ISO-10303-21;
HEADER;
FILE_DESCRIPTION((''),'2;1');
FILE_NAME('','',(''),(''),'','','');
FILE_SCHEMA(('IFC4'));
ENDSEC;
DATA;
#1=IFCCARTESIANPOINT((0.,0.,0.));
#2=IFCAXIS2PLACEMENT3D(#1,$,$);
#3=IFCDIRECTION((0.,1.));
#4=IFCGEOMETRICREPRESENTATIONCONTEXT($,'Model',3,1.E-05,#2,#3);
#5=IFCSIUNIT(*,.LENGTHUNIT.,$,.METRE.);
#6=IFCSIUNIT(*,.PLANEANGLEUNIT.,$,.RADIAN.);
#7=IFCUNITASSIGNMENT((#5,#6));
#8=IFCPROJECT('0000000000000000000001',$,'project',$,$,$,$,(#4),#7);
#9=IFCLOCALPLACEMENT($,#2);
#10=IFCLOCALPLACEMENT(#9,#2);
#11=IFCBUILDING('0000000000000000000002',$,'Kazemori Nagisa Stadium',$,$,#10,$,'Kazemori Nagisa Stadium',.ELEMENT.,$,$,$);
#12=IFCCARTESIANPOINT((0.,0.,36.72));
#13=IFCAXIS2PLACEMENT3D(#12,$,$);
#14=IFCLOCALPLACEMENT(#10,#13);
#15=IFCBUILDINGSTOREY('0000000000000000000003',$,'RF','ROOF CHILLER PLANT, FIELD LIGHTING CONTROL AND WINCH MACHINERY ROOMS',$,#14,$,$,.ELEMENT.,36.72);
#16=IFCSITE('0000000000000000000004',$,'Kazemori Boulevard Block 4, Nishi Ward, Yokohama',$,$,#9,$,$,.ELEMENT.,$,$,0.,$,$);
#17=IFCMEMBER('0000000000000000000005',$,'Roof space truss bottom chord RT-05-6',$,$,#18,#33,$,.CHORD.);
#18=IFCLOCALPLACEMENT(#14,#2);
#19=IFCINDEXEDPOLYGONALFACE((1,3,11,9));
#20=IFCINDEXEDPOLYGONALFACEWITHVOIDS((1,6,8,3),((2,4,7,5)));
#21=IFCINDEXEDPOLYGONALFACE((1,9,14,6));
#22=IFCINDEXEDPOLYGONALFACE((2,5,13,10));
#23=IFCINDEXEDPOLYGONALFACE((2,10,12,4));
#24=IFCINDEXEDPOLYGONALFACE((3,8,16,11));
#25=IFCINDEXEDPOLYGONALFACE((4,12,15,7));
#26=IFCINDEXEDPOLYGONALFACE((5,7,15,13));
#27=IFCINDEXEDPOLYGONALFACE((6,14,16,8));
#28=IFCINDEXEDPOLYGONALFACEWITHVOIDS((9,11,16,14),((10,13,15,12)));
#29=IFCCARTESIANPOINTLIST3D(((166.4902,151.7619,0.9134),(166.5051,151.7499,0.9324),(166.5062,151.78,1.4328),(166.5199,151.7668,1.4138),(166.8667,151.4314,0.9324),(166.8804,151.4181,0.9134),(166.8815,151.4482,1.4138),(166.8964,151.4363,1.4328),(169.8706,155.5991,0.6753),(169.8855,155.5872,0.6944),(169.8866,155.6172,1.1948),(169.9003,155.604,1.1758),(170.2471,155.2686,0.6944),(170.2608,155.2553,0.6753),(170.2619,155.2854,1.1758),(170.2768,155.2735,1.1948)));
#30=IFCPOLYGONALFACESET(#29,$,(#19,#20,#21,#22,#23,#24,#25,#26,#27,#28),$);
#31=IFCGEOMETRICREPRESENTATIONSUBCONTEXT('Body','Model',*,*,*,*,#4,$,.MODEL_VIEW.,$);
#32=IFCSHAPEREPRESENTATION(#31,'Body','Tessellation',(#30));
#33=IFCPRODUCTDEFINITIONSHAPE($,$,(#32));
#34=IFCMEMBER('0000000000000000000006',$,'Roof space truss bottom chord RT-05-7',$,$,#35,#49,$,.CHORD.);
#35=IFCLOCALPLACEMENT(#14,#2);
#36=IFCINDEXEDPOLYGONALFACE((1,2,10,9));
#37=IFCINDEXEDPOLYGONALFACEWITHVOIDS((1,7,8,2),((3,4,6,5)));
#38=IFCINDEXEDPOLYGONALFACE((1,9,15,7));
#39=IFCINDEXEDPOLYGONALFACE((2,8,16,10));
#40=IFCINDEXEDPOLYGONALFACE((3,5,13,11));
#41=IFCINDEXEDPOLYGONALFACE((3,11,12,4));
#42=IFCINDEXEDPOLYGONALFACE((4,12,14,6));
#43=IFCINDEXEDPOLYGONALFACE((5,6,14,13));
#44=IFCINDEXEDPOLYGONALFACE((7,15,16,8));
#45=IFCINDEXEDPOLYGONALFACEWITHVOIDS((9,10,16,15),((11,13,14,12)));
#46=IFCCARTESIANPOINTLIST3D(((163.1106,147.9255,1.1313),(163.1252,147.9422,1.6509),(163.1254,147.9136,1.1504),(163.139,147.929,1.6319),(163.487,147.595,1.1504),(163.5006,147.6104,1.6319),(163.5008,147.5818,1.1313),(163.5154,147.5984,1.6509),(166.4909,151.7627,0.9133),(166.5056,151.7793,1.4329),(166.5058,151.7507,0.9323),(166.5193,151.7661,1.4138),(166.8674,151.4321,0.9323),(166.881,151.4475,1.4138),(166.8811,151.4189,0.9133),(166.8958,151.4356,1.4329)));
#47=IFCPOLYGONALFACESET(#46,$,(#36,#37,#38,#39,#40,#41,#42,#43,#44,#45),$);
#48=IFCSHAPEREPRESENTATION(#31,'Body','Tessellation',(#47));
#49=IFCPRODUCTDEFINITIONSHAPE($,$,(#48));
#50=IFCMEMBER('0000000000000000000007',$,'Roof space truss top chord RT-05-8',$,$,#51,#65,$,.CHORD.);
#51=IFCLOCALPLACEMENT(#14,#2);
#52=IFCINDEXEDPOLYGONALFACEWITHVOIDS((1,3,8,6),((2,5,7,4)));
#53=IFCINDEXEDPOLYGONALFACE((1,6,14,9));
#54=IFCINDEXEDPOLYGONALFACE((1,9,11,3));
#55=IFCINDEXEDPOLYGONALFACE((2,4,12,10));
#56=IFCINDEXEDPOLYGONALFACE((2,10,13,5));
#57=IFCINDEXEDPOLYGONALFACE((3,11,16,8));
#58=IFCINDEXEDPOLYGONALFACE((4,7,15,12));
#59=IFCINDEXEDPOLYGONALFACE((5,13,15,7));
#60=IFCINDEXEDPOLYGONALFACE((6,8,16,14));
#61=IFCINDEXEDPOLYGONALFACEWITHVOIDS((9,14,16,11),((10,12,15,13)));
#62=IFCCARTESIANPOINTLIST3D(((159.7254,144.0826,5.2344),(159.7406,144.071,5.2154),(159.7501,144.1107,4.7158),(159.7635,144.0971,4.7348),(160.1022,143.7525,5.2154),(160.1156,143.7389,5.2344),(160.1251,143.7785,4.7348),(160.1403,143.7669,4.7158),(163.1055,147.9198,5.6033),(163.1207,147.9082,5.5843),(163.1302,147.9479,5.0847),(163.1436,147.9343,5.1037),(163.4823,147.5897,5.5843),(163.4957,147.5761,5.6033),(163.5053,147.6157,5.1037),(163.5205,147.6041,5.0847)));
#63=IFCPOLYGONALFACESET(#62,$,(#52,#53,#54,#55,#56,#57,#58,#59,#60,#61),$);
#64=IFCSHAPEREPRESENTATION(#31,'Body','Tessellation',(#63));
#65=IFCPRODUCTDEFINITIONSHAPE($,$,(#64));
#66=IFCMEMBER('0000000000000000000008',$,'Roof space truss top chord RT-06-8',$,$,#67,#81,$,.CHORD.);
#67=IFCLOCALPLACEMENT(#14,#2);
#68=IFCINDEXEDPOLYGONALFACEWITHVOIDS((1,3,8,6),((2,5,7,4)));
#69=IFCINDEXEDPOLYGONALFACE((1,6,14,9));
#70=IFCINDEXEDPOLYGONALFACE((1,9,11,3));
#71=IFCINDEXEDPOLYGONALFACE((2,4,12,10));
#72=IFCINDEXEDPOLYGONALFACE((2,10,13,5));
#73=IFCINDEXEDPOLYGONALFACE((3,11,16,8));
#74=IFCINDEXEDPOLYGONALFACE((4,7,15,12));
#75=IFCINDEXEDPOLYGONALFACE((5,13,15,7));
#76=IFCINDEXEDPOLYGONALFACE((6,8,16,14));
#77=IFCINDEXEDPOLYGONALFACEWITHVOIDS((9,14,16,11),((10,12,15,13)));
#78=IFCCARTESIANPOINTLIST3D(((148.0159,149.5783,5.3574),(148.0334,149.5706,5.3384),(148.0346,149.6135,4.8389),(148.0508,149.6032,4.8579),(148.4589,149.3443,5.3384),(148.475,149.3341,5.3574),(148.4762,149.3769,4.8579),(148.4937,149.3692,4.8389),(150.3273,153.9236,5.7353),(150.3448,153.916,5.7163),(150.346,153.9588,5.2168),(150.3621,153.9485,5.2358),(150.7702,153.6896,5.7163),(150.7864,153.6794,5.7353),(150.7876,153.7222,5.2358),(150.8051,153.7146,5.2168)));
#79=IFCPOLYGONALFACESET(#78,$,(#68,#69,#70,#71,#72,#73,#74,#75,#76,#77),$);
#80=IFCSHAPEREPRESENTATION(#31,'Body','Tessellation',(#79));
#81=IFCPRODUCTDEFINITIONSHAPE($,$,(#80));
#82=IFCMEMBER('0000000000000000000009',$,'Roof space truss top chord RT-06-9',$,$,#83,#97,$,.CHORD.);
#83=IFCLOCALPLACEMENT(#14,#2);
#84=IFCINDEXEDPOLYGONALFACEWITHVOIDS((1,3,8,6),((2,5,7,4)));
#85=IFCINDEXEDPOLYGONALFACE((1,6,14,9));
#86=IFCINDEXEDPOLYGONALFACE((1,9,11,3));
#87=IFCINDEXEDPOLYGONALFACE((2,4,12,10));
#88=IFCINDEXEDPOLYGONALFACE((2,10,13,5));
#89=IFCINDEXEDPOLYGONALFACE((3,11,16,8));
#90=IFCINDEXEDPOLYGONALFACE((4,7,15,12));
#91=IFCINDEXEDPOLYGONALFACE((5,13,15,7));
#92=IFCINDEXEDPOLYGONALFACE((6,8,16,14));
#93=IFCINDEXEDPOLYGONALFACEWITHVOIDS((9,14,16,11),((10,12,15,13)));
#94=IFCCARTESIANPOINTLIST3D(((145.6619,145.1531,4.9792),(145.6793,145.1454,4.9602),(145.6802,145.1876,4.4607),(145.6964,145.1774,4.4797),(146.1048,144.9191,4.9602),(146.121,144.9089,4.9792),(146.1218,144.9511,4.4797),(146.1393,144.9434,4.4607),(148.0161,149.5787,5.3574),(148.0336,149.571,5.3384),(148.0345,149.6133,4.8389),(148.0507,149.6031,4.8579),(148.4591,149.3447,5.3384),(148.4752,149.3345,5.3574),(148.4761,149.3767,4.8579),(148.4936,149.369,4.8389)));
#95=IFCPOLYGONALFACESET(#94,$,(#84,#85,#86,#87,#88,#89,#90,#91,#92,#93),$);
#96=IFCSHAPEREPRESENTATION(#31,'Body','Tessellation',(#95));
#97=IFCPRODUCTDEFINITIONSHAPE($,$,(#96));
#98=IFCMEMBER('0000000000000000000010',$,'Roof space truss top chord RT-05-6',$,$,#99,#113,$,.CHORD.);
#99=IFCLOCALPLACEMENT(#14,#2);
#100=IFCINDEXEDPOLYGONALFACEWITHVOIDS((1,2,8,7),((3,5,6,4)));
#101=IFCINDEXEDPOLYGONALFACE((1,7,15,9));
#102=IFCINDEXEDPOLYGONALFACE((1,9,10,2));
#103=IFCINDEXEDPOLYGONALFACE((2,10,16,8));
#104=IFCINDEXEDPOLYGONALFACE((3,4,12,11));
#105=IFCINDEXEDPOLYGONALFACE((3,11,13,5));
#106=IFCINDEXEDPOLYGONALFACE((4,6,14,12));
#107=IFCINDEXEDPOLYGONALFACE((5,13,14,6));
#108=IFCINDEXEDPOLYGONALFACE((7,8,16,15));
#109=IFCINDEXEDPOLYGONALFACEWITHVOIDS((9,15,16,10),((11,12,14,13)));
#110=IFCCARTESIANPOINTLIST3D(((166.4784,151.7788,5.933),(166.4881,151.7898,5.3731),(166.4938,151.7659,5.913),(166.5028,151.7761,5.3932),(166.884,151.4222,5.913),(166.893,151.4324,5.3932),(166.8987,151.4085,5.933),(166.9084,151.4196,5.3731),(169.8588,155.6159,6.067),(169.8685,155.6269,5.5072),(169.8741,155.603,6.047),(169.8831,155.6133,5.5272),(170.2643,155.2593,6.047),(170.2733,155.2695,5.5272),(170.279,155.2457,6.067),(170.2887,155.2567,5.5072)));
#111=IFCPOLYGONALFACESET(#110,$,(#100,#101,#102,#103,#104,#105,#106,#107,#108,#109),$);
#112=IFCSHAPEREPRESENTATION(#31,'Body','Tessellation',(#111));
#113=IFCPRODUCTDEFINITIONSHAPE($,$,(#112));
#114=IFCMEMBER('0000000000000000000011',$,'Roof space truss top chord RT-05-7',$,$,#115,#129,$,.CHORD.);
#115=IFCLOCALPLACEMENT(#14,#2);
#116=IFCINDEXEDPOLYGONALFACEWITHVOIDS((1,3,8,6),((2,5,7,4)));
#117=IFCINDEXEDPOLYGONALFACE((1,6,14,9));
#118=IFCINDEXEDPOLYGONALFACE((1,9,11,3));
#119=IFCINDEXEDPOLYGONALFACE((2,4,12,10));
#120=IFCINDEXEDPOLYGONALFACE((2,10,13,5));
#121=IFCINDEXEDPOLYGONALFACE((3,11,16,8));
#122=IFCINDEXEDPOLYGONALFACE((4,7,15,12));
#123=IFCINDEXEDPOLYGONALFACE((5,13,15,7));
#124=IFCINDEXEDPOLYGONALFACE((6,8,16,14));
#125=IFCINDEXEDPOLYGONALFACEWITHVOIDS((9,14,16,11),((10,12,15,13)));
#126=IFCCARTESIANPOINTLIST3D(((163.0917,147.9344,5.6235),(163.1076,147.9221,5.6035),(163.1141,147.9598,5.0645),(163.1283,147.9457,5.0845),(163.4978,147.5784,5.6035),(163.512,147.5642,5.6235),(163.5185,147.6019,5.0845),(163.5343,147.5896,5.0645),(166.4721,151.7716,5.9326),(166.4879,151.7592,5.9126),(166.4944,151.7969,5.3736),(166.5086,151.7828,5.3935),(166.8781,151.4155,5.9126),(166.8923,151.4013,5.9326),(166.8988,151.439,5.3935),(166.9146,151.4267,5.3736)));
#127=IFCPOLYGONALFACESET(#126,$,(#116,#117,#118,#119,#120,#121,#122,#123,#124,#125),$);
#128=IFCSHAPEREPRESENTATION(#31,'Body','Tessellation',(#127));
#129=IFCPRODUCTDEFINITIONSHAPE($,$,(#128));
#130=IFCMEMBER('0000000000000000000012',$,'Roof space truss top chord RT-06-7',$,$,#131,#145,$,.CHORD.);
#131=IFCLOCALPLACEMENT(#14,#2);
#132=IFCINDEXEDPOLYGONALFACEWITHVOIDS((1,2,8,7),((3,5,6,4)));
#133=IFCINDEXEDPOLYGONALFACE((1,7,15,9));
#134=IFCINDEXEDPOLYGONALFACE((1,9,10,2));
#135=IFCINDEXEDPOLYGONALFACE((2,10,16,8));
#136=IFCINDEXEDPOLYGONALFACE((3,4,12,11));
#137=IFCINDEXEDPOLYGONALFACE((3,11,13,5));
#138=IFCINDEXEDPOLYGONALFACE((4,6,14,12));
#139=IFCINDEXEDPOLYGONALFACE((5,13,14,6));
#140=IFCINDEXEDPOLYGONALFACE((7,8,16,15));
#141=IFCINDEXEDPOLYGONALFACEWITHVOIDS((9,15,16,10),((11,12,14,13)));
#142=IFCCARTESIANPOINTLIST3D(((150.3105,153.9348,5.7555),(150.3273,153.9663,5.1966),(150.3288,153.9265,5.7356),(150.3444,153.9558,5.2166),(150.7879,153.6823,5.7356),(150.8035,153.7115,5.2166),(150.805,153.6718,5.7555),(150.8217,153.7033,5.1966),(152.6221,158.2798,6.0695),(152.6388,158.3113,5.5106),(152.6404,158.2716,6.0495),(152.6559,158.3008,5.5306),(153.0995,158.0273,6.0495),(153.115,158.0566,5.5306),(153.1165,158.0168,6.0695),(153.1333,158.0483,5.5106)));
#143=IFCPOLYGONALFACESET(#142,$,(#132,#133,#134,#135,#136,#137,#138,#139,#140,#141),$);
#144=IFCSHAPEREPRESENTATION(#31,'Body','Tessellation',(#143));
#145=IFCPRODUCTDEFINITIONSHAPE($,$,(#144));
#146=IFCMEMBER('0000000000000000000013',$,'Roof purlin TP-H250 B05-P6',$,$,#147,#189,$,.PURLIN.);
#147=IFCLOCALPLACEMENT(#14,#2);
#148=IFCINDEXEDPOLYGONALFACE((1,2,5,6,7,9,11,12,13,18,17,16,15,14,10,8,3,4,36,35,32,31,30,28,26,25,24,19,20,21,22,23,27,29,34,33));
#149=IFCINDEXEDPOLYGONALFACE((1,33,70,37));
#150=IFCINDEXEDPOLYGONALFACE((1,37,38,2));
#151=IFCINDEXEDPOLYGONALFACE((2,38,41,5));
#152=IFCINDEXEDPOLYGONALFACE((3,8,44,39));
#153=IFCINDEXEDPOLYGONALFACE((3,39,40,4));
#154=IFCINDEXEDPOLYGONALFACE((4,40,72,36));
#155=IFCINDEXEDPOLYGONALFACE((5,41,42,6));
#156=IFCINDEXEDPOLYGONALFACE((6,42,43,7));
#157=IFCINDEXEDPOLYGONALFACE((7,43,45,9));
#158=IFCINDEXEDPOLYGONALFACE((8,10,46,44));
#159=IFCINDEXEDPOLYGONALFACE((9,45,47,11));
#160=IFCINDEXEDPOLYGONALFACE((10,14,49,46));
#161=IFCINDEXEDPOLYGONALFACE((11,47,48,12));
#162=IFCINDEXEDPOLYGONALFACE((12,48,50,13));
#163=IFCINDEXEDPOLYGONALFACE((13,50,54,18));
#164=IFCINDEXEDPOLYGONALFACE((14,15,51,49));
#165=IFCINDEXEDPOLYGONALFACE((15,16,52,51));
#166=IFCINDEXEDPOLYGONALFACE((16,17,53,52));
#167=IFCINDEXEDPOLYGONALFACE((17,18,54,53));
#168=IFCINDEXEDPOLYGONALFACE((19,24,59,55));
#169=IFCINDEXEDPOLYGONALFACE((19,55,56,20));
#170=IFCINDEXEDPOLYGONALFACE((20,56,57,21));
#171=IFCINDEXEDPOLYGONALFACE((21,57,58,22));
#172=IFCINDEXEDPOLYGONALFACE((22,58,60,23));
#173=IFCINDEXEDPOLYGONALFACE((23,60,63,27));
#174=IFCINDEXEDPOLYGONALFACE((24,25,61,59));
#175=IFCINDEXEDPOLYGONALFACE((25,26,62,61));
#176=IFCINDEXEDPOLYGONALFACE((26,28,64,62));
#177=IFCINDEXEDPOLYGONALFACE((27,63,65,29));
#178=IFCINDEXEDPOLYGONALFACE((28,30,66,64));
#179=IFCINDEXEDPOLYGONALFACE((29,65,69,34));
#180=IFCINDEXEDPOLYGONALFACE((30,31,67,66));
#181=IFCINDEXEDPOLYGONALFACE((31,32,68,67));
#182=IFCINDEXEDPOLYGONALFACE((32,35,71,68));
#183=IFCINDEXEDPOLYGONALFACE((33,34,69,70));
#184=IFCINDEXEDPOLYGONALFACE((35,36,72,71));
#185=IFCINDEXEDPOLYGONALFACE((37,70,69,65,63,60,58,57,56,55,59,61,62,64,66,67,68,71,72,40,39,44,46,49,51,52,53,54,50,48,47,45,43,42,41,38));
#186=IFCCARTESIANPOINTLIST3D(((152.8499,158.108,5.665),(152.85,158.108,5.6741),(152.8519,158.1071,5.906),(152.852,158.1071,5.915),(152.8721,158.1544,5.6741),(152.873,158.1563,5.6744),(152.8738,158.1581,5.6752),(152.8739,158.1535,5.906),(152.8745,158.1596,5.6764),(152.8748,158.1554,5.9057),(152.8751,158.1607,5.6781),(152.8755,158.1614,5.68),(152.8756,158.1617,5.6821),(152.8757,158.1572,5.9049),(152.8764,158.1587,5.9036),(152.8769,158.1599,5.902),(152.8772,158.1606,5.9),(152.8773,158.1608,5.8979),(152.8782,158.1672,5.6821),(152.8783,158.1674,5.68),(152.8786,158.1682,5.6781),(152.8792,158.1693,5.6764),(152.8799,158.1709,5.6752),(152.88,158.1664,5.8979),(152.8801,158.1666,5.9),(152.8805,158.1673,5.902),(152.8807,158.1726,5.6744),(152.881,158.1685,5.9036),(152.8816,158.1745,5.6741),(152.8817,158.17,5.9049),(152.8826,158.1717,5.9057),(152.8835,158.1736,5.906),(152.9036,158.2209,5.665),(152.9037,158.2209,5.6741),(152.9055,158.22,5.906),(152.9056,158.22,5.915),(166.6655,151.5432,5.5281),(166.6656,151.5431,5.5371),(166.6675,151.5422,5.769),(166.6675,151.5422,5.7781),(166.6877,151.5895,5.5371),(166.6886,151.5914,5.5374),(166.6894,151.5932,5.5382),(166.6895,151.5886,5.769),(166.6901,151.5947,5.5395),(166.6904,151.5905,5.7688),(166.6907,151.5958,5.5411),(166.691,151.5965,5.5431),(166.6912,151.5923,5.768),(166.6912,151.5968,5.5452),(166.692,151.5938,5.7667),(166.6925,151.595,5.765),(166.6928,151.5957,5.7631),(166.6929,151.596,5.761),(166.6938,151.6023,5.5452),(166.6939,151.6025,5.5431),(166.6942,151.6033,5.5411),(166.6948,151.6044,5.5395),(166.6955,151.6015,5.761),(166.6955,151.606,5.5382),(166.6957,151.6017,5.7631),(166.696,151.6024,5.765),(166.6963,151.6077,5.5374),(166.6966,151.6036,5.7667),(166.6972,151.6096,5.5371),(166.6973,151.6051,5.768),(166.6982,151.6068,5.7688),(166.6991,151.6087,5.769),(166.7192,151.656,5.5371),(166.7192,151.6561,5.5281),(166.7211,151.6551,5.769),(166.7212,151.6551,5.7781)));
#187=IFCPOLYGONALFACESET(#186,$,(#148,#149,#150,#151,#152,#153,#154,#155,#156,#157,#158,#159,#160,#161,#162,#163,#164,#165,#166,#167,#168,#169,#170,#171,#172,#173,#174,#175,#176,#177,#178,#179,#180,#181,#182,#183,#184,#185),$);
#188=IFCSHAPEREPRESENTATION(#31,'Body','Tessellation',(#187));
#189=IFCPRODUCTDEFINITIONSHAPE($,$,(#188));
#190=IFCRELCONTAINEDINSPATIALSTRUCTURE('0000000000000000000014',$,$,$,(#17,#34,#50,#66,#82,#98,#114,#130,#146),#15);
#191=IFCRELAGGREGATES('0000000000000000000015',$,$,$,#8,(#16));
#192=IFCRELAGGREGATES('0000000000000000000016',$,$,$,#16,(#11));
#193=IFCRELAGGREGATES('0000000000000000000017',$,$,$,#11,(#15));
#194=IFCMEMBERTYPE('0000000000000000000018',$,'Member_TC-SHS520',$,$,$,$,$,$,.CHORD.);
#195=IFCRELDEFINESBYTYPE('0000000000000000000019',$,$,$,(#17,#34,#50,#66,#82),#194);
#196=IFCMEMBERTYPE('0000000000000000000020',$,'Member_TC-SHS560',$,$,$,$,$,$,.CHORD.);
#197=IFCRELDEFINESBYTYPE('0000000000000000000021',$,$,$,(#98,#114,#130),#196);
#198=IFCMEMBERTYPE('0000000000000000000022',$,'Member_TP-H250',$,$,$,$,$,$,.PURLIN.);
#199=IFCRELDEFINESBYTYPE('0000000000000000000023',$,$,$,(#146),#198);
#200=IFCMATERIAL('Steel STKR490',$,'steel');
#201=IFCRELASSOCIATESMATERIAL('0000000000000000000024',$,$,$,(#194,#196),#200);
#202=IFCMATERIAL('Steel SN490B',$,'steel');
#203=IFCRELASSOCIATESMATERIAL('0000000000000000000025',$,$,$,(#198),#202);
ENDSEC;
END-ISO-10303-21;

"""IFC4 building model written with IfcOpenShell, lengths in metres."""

from ifc_helpers import new_model, si_unit, direction, frame, origin, origin_2d, place, context, subcontext, project, spatial, hollow_rectangle, i_section, extrude, material, material_profile, profile_set, type_object, element, save


model = new_model("IFC4")

# Units and contexts
model_context = context("Model", 3, precision=1e-05, world=origin(), true_north=direction((0.0, 1.0)))
body_context = subcontext(model_context, "Body", "Model", "MODEL_VIEW")
ifc_project = project(units=[si_unit("LENGTHUNIT", "METRE"), si_unit("PLANEANGLEUNIT", "RADIAN")], contexts=[model_context])

# Site, building, storey
site_placement = place(None, origin())
site = spatial("IfcSite", under=ifc_project, at=site_placement, Name="Kazemori Boulevard Block 4, Nishi Ward, Yokohama", CompositionType="ELEMENT", RefElevation=0.0)
building_placement = place(site_placement, origin())
building = spatial("IfcBuilding", under=site, at=building_placement, Name="Kazemori Nagisa Stadium", LongName="Kazemori Nagisa Stadium", CompositionType="ELEMENT")
storey_placement = place(building_placement, frame((0.0, 0.0, 36.72)))
storey = spatial("IfcBuildingStorey", under=building, at=storey_placement, Name="RF", Description="ROOF CHILLER PLANT, FIELD LIGHTING CONTROL AND WINCH MACHINERY ROOMS", CompositionType="ELEMENT", Elevation=36.72)

# Members
ifc_material_1 = material(Name="Steel STKR490", Category="steel")
ifc_material_profile_1 = material_profile(ifc_material_1, hollow_rectangle(XDim=0.52, YDim=0.52, WallThickness=0.019, at=origin_2d()), Name="SHS-520x520x19")
ifc_profile_set_1 = profile_set([ifc_material_profile_1], Name="Steel STKR490")
member_type_1 = type_object("IfcMemberType", Name="Member_TC-SHS520", PredefinedType="CHORD", material=ifc_profile_set_1)
member_1_placement = place(storey_placement, frame((170.0737, 155.4363, 0.9351), z_axis=(-0.660317, -0.749546, 0.046498), x_axis=(0.750357, -0.661032, 0.0)))
element("IfcMember", 1, at=member_1_placement, inside=storey, type_object=member_type_1, Name="Roof space truss bottom chord RT-05-6", PredefinedType="CHORD", context=body_context, shape_type="SweptSolid", body=[
    extrude(hollow_rectangle(XDim=0.52, YDim=0.52, WallThickness=0.019, at=origin_2d()), origin(), (0.0, 0.0, 1.0), 5.1194),
])
member_2_placement = place(storey_placement, frame((166.6934, 151.5991, 1.1731), z_axis=(-0.660433, -0.749676, 0.042595), x_axis=(0.750357, -0.661032, 0.0)))
element("IfcMember", 2, at=member_2_placement, inside=storey, type_object=member_type_1, Name="Roof space truss bottom chord RT-05-7", PredefinedType="CHORD", context=body_context, shape_type="SweptSolid", body=[
    extrude(hollow_rectangle(XDim=0.52, YDim=0.52, WallThickness=0.019, at=origin_2d()), origin(), (0.0, 0.0, 1.0), 5.1184),
])
member_3_placement = place(storey_placement, frame((163.313, 147.762, 5.344), z_axis=(-0.659292, -0.748436, -0.071953), x_axis=(0.750381, -0.661006, 0.0)))
element("IfcMember", 3, at=member_3_placement, inside=storey, type_object=member_type_1, Name="Roof space truss top chord RT-05-8", PredefinedType="CHORD", context=body_context, shape_type="SweptSolid", body=[
    extrude(hollow_rectangle(XDim=0.52, YDim=0.52, WallThickness=0.019, at=origin_2d()), origin(), (0.0, 0.0, 1.0), 5.127),
])
member_4_placement = place(storey_placement, frame((150.5662, 153.8191, 5.4761), z_axis=(-0.468234, -0.880281, -0.076563), x_axis=(0.882873, -0.469612, 0.0)))
element("IfcMember", 4, at=member_4_placement, inside=storey, type_object=member_type_1, Name="Roof space truss top chord RT-06-8", PredefinedType="CHORD", context=body_context, shape_type="SweptSolid", body=[
    extrude(hollow_rectangle(XDim=0.52, YDim=0.52, WallThickness=0.019, at=origin_2d()), origin(), (0.0, 0.0, 1.0), 4.9363),
])
member_5_placement = place(storey_placement, frame((148.2549, 149.4739, 5.0981), z_axis=(-0.468319, -0.880351, -0.075228), x_axis=(0.882853, -0.46965, 0.0)))
element("IfcMember", 5, at=member_5_placement, inside=storey, type_object=member_type_1, Name="Roof space truss top chord RT-06-9", PredefinedType="CHORD", context=body_context, shape_type="SweptSolid", body=[
    extrude(hollow_rectangle(XDim=0.52, YDim=0.52, WallThickness=0.019, at=origin_2d()), origin(), (0.0, 0.0, 1.0), 5.0271),
])
ifc_material_profile_2 = material_profile(ifc_material_1, hollow_rectangle(XDim=0.5601, YDim=0.5601, WallThickness=0.02, at=origin_2d()), Name="SHS-560x560x20")
ifc_profile_set_2 = profile_set([ifc_material_profile_2], Name="Steel STKR490")
member_type_2 = type_object("IfcMemberType", Name="Member_TC-SHS560", PredefinedType="CHORD", material=ifc_profile_set_2)
member_6_placement = place(storey_placement, frame((170.0737, 155.4363, 5.7871), z_axis=(-0.660806, -0.7501, -0.026201), x_axis=(0.750357, -0.661032, 0.0)))
element("IfcMember", 6, at=member_6_placement, inside=storey, type_object=member_type_2, Name="Roof space truss top chord RT-05-6", PredefinedType="CHORD", context=body_context, shape_type="SweptSolid", body=[
    extrude(hollow_rectangle(XDim=0.5601, YDim=0.5601, WallThickness=0.02, at=origin_2d()), origin(), (0.0, 0.0, 1.0), 5.1155),
])
member_7_placement = place(storey_placement, frame((166.6934, 151.5991, 5.6531), z_axis=(-0.659828, -0.74899, -0.060331), x_axis=(0.750357, -0.661032, 0.0)))
element("IfcMember", 7, at=member_7_placement, inside=storey, type_object=member_type_2, Name="Roof space truss top chord RT-05-7", PredefinedType="CHORD", context=body_context, shape_type="SweptSolid", body=[
    extrude(hollow_rectangle(XDim=0.5601, YDim=0.5601, WallThickness=0.02, at=origin_2d()), origin(), (0.0, 0.0, 1.0), 5.123),
])
member_8_placement = place(storey_placement, frame((152.8777, 158.1641, 5.79), z_axis=(-0.468719, -0.88105, -0.063664), x_axis=(0.882841, -0.469671, 0.0)))
element("IfcMember", 8, at=member_8_placement, inside=storey, type_object=member_type_2, Name="Roof space truss top chord RT-06-7", PredefinedType="CHORD", context=body_context, shape_type="SweptSolid", body=[
    extrude(hollow_rectangle(XDim=0.5601, YDim=0.5601, WallThickness=0.02, at=origin_2d()), origin(), (0.0, 0.0, 1.0), 4.9316),
])
ifc_material_2 = material(Name="Steel SN490B", Category="steel")
ifc_material_profile_3 = material_profile(ifc_material_2, i_section(OverallWidth=0.125, OverallDepth=0.25, WebThickness=0.0061, FlangeThickness=0.009, FilletRadius=0.0081, at=origin_2d()), Name="H-250x125x6x9")
ifc_profile_set_3 = profile_set([ifc_material_profile_3], Name="Steel SN490B")
member_type_3 = type_object("IfcMemberType", Name="Member_TP-H250", PredefinedType="PURLIN", material=ifc_profile_set_3)
member_9_placement = place(storey_placement, frame((166.6934, 151.5991, 5.6531), z_axis=(-0.903178, 0.429173, 0.008954), x_axis=(-0.42919, -0.903214, 0.0)))
element("IfcMember", 9, at=member_9_placement, inside=storey, type_object=member_type_3, Name="Roof purlin TP-H250 B05-P6", PredefinedType="PURLIN", context=body_context, shape_type="SweptSolid", body=[
    extrude(i_section(OverallWidth=0.125, OverallDepth=0.25, WebThickness=0.0061, FlangeThickness=0.009, FilletRadius=0.0081, at=origin_2d()), origin(), (0.0, 0.0, 1.0), 15.2966),
])

save(model, "model.ifc")
